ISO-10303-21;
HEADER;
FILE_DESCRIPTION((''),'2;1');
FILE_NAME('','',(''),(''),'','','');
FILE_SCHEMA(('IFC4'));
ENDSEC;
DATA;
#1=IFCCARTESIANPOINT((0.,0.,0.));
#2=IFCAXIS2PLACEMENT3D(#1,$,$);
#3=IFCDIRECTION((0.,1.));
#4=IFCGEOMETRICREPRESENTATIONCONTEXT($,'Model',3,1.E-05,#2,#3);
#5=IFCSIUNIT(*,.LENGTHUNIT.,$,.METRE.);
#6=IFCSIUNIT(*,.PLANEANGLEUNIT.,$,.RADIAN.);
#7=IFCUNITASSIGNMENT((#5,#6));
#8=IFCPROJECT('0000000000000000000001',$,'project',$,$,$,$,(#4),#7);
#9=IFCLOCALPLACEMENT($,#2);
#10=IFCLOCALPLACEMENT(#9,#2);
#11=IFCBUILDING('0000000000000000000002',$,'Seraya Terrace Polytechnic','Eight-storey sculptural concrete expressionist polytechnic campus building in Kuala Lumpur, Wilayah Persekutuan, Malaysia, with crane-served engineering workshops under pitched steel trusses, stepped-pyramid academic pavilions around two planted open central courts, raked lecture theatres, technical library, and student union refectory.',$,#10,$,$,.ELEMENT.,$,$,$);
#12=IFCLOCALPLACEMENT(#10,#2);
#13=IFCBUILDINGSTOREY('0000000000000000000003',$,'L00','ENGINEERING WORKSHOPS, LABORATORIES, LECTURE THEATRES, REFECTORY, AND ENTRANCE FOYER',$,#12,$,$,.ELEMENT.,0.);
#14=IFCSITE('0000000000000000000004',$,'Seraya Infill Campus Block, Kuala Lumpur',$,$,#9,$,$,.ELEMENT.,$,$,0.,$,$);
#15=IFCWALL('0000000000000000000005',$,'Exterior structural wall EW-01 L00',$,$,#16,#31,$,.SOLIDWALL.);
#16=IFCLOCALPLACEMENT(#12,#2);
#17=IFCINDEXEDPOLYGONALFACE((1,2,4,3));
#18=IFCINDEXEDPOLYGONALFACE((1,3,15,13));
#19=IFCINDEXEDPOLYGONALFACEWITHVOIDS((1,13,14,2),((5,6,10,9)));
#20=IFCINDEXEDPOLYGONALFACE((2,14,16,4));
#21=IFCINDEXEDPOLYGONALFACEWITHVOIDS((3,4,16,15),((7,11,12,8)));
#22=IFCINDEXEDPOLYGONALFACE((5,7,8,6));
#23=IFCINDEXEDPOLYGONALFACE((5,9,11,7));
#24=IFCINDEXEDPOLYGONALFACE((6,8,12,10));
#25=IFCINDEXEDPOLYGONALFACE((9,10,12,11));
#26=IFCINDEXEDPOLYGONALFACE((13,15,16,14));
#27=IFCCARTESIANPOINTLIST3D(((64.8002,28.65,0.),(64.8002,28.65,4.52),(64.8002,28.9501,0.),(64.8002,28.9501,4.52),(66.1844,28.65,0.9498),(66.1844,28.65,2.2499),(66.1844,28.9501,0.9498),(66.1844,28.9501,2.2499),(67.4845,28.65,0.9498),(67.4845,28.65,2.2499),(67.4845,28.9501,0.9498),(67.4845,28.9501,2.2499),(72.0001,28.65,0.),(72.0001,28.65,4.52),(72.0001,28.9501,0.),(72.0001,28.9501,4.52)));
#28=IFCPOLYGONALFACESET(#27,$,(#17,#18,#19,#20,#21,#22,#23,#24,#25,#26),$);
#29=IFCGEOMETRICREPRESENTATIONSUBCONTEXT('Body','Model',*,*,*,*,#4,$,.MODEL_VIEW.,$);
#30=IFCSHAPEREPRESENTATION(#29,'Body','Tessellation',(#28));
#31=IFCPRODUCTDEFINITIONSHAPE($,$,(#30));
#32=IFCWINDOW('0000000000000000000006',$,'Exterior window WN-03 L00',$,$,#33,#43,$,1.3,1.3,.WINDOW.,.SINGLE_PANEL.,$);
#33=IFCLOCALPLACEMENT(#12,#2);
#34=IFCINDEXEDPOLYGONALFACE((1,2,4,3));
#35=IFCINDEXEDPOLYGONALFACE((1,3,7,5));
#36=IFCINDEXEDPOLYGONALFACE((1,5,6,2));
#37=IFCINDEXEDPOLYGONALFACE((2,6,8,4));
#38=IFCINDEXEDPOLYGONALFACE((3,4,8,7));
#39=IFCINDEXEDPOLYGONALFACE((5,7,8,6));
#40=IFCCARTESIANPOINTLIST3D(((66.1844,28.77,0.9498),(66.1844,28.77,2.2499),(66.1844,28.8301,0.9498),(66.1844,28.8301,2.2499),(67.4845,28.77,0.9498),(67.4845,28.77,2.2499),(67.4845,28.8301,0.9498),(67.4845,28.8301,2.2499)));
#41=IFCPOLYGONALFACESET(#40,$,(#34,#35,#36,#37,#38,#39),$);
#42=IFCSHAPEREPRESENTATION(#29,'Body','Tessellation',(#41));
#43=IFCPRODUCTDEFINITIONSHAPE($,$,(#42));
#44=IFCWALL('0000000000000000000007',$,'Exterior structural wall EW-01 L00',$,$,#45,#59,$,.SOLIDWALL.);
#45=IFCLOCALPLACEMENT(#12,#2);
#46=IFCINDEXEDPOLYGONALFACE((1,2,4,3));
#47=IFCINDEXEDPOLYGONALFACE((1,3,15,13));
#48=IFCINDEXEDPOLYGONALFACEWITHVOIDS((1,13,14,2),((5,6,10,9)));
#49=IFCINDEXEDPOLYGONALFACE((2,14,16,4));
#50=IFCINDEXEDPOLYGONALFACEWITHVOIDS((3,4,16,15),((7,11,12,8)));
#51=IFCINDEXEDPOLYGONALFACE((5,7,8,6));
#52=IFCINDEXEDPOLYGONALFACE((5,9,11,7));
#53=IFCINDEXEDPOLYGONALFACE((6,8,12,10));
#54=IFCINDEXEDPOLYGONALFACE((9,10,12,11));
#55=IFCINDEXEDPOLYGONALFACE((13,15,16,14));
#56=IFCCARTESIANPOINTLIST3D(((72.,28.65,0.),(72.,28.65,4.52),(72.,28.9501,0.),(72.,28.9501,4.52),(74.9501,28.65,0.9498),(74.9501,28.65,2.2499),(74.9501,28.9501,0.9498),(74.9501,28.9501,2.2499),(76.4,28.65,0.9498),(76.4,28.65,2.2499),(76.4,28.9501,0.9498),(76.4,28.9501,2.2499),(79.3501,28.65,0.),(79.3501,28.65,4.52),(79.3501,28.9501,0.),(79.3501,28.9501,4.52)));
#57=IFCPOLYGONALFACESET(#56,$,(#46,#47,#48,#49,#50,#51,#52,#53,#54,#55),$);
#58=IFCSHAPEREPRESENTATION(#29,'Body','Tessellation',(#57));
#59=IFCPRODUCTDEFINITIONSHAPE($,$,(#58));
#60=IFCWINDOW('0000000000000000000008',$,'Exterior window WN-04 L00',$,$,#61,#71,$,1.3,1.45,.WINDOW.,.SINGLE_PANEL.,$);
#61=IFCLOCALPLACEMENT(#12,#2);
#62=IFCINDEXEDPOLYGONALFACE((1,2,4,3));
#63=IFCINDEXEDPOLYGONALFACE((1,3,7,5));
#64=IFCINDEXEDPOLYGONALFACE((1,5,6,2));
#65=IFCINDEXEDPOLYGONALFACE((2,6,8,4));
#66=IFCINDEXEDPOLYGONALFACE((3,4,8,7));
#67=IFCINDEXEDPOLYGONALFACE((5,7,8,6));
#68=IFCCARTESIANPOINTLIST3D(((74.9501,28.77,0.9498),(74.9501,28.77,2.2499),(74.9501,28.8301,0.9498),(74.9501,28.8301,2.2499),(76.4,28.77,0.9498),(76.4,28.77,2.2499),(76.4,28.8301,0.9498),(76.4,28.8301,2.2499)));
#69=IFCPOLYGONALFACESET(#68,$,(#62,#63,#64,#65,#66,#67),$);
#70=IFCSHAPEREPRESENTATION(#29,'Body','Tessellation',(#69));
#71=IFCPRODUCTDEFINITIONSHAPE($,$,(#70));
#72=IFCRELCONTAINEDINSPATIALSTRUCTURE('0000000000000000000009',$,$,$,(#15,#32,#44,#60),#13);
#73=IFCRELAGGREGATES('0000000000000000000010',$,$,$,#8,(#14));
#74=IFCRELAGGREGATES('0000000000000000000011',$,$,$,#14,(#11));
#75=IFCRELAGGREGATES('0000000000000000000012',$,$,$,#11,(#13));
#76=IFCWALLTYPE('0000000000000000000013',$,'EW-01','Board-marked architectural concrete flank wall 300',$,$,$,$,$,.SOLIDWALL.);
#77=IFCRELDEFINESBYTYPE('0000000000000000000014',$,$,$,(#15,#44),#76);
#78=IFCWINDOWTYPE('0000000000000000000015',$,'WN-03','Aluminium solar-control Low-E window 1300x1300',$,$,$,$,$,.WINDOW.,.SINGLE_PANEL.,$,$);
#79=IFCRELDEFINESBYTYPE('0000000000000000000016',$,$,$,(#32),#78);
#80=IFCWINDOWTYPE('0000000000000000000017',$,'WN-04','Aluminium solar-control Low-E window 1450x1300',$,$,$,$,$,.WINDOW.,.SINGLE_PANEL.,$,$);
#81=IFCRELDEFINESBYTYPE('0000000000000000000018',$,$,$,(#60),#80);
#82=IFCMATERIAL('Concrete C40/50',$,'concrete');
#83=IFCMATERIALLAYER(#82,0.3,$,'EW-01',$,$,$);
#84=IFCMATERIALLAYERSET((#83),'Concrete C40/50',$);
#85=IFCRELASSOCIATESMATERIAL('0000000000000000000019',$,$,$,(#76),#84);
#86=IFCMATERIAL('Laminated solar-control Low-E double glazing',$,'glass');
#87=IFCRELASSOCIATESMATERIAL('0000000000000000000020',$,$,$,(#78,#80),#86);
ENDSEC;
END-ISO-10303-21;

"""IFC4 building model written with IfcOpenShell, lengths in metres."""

from ifc_helpers import new_model, si_unit, direction, frame, frame_2d, origin, place, context, subcontext, project, spatial, rectangle, extrude, material, layer, layer_set, type_object, element, fill, save


model = new_model("IFC4")

# Units and contexts
model_context = context("Model", 3, precision=1e-05, world=origin(), true_north=direction((0.0, 1.0)))
body_context = subcontext(model_context, "Body", "Model", "MODEL_VIEW")
ifc_project = project(units=[si_unit("LENGTHUNIT", "METRE"), si_unit("PLANEANGLEUNIT", "RADIAN")], contexts=[model_context])

# Site, building, storey
site_placement = place(None, origin())
site = spatial("IfcSite", under=ifc_project, at=site_placement, Name="Seraya Infill Campus Block, Kuala Lumpur", CompositionType="ELEMENT", RefElevation=0.0)
building_placement = place(site_placement, origin())
building = spatial("IfcBuilding", under=site, at=building_placement, Name="Seraya Terrace Polytechnic", Description="Eight-storey sculptural concrete expressionist polytechnic campus building in Kuala Lumpur, Wilayah Persekutuan, Malaysia, with crane-served engineering workshops under pitched steel trusses, stepped-pyramid academic pavilions around two planted open central courts, raked lecture theatres, technical library, and student union refectory.", CompositionType="ELEMENT")
storey_placement = place(building_placement, origin())
storey = spatial("IfcBuildingStorey", under=building, at=storey_placement, Name="L00", Description="ENGINEERING WORKSHOPS, LABORATORIES, LECTURE THEATRES, REFECTORY, AND ENTRANCE FOYER", CompositionType="ELEMENT", Elevation=0.0)

# Shared definitions
ifc_material_1 = material(Name="Concrete C40/50", Category="concrete")

# Walls, openings, windows
ifc_layer = layer(ifc_material_1, 0.3, Name="EW-01")
ifc_layer_set = layer_set([ifc_layer], Name="Concrete C40/50")
wall_type = type_object("IfcWallType", Name="EW-01", Description="Board-marked architectural concrete flank wall 300", PredefinedType="SOLIDWALL", material=ifc_layer_set)
wall_1_placement = place(storey_placement, frame((64.8, 28.8, 0.0), z_axis=(0.0, 0.0, 1.0), x_axis=(1.0, 0.0, 0.0)))
wall_1 = element("IfcWall", 1, at=wall_1_placement, inside=storey, type_object=wall_type, Name="Exterior structural wall EW-01 L00", PredefinedType="SOLIDWALL", context=body_context, shape_type="SweptSolid", body=[
    extrude(rectangle(XDim=7.2, YDim=0.3, at=frame_2d((3.6001, 0.0))), origin(), (0.0, 0.0, 1.0), 4.52),
])
opening_1_placement = place(wall_1_placement, frame((1.3845, 0.0, 0.95)))
opening_1 = element("IfcOpeningElement", 2, at=opening_1_placement, cuts=wall_1, PredefinedType="OPENING", context=body_context, shape_type="SweptSolid", body=[
    extrude(rectangle(XDim=1.3, YDim=1.3, at=frame_2d((0.6499, 0.6499))), frame((0.0, 0.1621, 0.0), z_axis=(0.0, -1.0, 0.0), x_axis=(1.0, 0.0, 0.0)), (0.0, 0.0, 1.0), 0.324),
])
ifc_material_2 = material(Name="Laminated solar-control Low-E double glazing", Category="glass")
window_type_1 = type_object("IfcWindowType", Name="WN-03", Description="Aluminium solar-control Low-E window 1300x1300", PartitioningType="SINGLE_PANEL", PredefinedType="WINDOW", material=ifc_material_2)
window_1_placement = place(opening_1_placement, origin())
window_1 = element("IfcWindow", 3, at=window_1_placement, inside=storey, type_object=window_type_1, Name="Exterior window WN-03 L00", OverallHeight=1.3, OverallWidth=1.3, PartitioningType="SINGLE_PANEL", PredefinedType="WINDOW", context=body_context, shape_type="SweptSolid", body=[
    extrude(rectangle(XDim=1.3, YDim=1.3, at=frame_2d((0.6499, 0.6499))), frame((0.0, 0.03, 0.0), z_axis=(0.0, -1.0, 0.0), x_axis=(1.0, 0.0, 0.0)), (0.0, 0.0, 1.0), 0.0601),
])
fill(opening_1, window_1)
wall_2_placement = place(storey_placement, frame((72.0, 28.8, 0.0), z_axis=(0.0, 0.0, 1.0), x_axis=(1.0, 0.0, 0.0)))
wall_2 = element("IfcWall", 4, at=wall_2_placement, inside=storey, type_object=wall_type, Name="Exterior structural wall EW-01 L00", PredefinedType="SOLIDWALL", context=body_context, shape_type="SweptSolid", body=[
    extrude(rectangle(XDim=7.3501, YDim=0.3, at=frame_2d((3.675, 0.0))), origin(), (0.0, 0.0, 1.0), 4.52),
])
opening_2_placement = place(wall_2_placement, frame((2.95, 0.0, 0.95)))
opening_2 = element("IfcOpeningElement", 5, at=opening_2_placement, cuts=wall_2, PredefinedType="OPENING", context=body_context, shape_type="SweptSolid", body=[
    extrude(rectangle(XDim=1.45, YDim=1.3, at=frame_2d((0.7251, 0.6499))), frame((0.0, 0.1621, 0.0), z_axis=(0.0, -1.0, 0.0), x_axis=(1.0, 0.0, 0.0)), (0.0, 0.0, 1.0), 0.324),
])
window_type_2 = type_object("IfcWindowType", Name="WN-04", Description="Aluminium solar-control Low-E window 1450x1300", PartitioningType="SINGLE_PANEL", PredefinedType="WINDOW", material=ifc_material_2)
window_2_placement = place(opening_2_placement, origin())
window_2 = element("IfcWindow", 6, at=window_2_placement, inside=storey, type_object=window_type_2, Name="Exterior window WN-04 L00", OverallHeight=1.3, OverallWidth=1.45, PartitioningType="SINGLE_PANEL", PredefinedType="WINDOW", context=body_context, shape_type="SweptSolid", body=[
    extrude(rectangle(XDim=1.45, YDim=1.3, at=frame_2d((0.7251, 0.6499))), frame((0.0, 0.03, 0.0), z_axis=(0.0, -1.0, 0.0), x_axis=(1.0, 0.0, 0.0)), (0.0, 0.0, 1.0), 0.0601),
])
fill(opening_2, window_2)

save(model, "model.ifc")
